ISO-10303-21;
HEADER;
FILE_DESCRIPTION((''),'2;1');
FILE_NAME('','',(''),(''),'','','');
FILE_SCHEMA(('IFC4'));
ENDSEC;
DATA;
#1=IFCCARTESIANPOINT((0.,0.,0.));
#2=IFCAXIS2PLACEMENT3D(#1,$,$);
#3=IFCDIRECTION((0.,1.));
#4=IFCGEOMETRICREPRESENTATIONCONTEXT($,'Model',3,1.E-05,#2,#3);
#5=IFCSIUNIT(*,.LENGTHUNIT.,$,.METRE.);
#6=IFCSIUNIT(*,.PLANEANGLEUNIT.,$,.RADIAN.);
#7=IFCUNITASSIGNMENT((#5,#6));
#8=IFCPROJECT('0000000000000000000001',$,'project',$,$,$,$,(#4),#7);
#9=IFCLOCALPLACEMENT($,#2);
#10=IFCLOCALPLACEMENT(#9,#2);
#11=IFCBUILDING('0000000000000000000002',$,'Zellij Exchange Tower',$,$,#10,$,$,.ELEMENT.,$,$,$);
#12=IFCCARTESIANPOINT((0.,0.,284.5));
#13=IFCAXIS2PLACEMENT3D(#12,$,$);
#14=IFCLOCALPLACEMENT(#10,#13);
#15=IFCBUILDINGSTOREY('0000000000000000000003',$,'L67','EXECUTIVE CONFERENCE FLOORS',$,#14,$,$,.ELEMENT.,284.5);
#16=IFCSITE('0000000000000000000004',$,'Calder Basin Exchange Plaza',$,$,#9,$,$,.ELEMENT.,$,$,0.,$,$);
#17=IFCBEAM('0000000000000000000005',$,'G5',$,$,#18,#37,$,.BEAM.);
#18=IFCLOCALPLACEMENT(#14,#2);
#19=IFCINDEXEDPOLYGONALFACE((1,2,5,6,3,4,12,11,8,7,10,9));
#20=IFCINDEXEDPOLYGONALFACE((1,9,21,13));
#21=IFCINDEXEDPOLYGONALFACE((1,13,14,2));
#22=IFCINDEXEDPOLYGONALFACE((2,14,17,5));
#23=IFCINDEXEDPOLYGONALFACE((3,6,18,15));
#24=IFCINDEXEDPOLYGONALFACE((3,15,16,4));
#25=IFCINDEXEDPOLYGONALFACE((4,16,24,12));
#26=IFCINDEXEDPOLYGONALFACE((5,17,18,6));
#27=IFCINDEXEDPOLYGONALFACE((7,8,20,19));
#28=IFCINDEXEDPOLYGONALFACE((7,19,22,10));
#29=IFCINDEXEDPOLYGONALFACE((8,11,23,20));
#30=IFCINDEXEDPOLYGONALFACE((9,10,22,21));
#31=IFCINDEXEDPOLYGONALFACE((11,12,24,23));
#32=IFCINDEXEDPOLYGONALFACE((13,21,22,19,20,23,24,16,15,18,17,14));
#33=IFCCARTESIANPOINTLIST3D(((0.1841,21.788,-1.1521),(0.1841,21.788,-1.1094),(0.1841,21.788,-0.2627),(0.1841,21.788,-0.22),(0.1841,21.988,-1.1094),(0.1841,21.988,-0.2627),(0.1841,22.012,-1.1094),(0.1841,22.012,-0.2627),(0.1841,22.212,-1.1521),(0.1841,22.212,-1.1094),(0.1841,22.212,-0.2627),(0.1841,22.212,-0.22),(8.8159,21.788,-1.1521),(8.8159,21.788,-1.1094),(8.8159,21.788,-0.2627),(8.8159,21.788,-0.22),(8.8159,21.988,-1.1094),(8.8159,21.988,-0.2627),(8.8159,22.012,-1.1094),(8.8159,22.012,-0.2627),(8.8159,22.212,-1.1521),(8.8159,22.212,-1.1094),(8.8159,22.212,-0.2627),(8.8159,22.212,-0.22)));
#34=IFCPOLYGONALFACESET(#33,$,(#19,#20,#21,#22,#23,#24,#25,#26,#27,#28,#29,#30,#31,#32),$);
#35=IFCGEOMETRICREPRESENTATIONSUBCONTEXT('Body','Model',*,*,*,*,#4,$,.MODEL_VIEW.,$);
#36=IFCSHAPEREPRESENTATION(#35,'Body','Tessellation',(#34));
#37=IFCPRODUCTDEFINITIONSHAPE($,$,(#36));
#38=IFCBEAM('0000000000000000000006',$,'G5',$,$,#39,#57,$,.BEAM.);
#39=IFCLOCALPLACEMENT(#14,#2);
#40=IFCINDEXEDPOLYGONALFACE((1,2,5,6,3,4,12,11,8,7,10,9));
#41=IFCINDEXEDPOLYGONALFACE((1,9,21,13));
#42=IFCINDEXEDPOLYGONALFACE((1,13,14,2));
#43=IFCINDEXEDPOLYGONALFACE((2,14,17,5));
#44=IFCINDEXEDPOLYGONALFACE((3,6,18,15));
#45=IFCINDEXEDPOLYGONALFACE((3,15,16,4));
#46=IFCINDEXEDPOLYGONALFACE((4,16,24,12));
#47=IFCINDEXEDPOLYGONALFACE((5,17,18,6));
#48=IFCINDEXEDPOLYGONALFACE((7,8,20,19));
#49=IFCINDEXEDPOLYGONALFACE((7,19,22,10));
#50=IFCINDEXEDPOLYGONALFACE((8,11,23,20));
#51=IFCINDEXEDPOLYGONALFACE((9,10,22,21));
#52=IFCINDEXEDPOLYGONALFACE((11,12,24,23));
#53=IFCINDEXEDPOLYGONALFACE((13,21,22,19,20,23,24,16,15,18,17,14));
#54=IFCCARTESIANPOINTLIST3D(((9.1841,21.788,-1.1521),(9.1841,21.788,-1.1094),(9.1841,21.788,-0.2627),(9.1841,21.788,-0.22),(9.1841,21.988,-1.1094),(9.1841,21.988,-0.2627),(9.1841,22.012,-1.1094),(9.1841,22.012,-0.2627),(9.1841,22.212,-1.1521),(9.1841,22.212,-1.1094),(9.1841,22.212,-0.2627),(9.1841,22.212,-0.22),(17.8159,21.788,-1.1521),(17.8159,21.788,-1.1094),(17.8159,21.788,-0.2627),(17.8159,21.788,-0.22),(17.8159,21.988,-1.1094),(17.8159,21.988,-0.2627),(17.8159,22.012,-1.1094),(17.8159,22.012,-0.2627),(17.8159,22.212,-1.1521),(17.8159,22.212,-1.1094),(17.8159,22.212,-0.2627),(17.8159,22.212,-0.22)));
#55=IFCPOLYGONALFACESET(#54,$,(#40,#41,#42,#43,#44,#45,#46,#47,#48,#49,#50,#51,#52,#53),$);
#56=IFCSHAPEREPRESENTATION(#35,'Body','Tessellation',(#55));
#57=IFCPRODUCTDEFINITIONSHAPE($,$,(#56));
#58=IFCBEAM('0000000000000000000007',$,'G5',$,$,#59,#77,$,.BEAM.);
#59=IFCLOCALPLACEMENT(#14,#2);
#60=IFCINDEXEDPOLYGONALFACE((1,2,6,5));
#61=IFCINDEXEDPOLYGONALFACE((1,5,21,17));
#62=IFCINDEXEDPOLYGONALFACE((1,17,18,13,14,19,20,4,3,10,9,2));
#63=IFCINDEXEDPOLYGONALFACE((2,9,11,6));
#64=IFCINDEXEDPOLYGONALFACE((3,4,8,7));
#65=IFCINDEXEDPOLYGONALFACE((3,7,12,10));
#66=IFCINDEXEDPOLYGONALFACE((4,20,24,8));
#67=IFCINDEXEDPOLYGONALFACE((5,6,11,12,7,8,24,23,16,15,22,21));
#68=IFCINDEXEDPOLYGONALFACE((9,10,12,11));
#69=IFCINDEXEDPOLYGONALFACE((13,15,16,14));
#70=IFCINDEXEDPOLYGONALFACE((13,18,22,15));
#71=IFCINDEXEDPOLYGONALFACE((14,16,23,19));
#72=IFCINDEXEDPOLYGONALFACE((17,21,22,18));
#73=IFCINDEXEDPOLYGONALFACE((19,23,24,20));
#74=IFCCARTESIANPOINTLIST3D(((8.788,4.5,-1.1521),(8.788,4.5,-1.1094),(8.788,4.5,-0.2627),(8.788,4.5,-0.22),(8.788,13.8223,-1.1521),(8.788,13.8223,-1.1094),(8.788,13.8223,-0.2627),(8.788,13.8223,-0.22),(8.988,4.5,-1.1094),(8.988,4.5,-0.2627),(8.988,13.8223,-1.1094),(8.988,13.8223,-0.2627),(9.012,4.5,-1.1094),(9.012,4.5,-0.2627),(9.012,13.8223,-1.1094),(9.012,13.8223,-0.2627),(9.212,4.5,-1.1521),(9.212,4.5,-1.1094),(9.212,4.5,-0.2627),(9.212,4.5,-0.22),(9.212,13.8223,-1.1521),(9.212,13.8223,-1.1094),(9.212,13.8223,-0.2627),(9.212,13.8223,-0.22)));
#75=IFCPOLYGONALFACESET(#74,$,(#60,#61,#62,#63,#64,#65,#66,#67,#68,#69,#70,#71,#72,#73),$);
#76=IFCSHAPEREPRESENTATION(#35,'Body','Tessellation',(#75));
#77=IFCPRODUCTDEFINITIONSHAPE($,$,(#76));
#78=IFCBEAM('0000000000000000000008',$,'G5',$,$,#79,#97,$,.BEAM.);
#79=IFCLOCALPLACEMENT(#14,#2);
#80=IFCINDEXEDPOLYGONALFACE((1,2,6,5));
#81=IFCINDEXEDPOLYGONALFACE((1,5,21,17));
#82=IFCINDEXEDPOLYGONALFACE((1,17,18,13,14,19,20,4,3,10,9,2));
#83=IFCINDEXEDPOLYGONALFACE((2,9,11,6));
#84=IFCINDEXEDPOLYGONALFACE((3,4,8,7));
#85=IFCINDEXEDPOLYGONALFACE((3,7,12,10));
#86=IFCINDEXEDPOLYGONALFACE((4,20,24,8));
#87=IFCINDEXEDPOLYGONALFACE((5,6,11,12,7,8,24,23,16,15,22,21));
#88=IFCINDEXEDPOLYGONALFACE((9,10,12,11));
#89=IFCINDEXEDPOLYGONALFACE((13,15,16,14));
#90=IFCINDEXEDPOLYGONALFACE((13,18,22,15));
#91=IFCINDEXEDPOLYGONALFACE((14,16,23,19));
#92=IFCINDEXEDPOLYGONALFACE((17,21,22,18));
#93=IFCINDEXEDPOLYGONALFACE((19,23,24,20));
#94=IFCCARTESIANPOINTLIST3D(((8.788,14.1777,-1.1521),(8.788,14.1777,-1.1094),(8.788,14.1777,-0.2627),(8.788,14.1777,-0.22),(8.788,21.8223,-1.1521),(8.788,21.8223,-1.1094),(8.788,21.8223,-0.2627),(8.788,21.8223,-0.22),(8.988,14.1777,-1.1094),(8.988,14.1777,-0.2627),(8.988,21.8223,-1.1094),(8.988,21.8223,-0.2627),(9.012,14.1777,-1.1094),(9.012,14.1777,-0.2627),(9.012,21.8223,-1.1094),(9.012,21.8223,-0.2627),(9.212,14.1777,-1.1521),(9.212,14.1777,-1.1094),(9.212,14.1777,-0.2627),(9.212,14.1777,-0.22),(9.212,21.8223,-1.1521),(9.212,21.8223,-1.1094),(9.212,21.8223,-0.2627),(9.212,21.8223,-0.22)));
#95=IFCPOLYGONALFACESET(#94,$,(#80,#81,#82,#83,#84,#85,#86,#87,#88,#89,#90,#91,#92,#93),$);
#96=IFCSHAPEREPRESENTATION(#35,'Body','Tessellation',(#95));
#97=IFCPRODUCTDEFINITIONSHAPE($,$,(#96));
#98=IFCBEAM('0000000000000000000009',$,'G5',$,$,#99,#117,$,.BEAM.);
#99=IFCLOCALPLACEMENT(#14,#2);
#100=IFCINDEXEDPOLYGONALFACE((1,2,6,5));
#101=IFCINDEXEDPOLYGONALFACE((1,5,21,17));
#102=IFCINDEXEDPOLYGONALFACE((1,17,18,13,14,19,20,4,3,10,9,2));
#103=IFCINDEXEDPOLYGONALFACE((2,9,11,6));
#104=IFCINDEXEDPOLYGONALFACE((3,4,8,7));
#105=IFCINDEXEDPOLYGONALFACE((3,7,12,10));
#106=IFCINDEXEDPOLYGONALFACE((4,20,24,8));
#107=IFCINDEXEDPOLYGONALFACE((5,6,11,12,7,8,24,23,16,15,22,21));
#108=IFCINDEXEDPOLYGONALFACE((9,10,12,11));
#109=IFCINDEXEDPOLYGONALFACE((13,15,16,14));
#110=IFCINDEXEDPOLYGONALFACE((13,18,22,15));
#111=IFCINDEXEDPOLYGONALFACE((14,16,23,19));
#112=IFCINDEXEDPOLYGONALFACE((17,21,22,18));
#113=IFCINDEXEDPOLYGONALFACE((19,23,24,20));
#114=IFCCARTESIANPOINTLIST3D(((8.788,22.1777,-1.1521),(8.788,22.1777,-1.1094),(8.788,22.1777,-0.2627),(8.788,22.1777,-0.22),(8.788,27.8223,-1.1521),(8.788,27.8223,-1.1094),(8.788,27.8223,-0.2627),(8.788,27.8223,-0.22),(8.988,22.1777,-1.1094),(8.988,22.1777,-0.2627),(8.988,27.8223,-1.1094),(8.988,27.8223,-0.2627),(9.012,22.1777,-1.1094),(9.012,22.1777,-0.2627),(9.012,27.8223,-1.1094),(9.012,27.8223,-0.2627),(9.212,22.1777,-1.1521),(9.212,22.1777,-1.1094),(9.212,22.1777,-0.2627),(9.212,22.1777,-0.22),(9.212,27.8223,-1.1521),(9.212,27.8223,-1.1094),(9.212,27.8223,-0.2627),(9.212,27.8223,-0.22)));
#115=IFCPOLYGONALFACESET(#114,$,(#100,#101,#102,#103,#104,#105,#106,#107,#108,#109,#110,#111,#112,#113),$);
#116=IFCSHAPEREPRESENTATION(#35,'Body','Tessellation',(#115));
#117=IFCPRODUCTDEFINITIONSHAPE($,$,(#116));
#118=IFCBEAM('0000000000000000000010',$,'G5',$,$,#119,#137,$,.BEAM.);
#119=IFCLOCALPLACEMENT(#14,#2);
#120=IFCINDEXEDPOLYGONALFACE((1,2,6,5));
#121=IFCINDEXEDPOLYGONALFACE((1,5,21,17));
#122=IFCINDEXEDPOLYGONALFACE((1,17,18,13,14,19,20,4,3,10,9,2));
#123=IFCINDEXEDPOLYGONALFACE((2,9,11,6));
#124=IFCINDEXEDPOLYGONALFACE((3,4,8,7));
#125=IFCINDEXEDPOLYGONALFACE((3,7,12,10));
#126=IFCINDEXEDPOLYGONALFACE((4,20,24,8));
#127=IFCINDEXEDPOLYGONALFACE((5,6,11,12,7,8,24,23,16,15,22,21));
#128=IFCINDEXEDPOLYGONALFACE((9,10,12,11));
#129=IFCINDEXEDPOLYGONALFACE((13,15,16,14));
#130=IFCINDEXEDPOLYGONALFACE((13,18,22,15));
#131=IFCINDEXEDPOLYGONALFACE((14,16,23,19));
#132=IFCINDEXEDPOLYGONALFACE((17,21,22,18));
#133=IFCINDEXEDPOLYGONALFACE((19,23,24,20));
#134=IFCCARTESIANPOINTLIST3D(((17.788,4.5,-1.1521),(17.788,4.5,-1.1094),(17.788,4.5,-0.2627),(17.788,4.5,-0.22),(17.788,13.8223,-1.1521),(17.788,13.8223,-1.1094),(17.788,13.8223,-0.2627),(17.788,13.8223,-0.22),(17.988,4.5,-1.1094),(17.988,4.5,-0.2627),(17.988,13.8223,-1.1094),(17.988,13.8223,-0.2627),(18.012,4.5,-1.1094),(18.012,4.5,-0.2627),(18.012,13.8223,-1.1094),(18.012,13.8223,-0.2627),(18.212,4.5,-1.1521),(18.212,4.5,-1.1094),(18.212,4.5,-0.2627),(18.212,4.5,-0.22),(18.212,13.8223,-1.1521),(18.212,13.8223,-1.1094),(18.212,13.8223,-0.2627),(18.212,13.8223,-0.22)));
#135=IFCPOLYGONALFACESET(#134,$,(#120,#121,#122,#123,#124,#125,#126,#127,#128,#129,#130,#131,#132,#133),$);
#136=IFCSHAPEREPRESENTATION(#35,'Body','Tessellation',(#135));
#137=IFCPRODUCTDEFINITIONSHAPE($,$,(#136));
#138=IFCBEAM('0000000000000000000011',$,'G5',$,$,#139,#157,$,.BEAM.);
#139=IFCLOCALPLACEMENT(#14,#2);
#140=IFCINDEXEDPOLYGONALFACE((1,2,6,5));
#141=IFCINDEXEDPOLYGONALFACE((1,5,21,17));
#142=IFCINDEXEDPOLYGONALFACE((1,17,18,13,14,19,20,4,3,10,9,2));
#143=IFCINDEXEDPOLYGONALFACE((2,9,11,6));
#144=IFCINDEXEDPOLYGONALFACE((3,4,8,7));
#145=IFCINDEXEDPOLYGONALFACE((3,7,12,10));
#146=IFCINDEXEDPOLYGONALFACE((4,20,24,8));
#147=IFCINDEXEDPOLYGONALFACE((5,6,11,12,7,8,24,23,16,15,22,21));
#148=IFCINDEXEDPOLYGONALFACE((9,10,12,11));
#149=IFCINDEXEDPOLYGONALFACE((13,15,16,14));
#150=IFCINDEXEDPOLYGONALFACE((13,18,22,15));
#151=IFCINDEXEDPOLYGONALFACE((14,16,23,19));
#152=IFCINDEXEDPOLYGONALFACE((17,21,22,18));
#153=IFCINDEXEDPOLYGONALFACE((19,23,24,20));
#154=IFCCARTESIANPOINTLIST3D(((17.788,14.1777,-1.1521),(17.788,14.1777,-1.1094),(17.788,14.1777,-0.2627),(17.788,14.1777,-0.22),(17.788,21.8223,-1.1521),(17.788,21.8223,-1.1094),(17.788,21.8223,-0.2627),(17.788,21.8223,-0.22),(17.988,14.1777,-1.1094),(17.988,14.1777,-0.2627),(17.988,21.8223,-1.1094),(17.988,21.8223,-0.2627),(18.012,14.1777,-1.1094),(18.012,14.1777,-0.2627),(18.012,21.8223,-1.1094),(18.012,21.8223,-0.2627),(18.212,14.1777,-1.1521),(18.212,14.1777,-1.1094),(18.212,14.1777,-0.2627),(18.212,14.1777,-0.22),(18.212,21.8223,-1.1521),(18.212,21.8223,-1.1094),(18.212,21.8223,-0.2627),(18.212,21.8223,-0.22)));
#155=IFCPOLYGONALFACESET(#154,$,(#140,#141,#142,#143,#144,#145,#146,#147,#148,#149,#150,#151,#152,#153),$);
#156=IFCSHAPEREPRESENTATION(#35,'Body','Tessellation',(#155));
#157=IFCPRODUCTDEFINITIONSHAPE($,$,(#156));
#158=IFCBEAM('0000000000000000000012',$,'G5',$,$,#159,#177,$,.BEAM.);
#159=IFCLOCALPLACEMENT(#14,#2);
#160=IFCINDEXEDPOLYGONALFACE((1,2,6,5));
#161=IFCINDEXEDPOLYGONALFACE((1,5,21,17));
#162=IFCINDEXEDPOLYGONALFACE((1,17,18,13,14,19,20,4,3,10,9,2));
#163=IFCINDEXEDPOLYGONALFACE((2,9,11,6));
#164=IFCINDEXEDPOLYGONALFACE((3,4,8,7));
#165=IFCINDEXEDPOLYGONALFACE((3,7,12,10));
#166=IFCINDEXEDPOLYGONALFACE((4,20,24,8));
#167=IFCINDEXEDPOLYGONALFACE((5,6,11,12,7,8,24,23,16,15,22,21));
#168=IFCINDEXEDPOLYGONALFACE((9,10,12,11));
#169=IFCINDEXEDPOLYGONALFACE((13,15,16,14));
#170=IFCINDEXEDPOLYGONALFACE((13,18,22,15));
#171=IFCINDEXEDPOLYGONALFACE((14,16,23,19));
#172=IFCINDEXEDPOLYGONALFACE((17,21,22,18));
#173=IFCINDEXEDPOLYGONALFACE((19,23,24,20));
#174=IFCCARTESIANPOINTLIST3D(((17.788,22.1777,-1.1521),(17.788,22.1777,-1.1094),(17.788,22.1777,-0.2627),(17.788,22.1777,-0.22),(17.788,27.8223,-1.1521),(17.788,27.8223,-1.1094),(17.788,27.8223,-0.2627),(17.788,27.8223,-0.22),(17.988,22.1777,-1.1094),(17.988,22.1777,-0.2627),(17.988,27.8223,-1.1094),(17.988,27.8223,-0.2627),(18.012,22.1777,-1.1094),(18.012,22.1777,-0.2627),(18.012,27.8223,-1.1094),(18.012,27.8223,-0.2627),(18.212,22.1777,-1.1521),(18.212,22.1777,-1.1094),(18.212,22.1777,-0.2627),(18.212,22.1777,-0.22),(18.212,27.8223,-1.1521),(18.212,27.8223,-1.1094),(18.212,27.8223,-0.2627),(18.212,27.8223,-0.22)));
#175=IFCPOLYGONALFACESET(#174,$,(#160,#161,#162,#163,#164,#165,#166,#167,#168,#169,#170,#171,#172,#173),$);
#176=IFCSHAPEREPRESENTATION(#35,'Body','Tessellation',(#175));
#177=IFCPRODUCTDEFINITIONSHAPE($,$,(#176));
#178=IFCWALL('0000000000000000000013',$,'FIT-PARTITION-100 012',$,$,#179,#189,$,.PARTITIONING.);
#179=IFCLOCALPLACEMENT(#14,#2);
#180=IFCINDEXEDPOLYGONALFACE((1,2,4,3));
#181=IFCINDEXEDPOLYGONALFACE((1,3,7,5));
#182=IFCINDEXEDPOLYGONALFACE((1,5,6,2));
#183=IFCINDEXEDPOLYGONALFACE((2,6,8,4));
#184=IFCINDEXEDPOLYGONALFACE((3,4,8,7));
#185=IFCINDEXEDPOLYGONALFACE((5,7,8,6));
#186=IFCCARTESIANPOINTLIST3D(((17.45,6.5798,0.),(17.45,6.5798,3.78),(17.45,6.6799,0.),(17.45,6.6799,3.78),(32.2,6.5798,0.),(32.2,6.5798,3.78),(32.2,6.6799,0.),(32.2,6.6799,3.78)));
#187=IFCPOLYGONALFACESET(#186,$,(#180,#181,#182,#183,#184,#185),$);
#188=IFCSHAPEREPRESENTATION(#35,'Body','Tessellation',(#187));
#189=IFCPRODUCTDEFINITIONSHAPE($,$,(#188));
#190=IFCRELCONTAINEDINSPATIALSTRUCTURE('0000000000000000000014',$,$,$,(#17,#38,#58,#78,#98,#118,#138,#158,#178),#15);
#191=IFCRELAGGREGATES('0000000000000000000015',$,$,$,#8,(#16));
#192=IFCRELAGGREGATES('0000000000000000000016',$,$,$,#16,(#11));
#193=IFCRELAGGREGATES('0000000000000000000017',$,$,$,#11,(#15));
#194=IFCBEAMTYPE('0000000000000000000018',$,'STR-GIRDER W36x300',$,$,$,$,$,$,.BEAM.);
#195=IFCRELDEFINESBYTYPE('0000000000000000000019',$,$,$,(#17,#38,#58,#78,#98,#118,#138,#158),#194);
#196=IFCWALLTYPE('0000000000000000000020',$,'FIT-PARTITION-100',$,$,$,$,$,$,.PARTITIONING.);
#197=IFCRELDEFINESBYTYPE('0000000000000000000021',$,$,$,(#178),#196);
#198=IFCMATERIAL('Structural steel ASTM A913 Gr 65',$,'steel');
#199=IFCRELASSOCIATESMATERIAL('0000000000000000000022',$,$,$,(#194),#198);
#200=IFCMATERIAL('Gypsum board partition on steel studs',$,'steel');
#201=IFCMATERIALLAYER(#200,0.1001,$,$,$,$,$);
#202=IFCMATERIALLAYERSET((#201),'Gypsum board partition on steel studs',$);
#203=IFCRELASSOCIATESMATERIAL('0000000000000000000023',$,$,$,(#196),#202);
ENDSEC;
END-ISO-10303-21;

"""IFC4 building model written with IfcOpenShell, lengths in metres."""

from ifc_helpers import new_model, si_unit, direction, frame, frame_2d, origin, origin_2d, place, context, subcontext, project, spatial, rectangle, i_section, extrude, material, layer, layer_set, material_profile, profile_set, type_object, element, save


model = new_model("IFC4")

# Units and contexts
model_context = context("Model", 3, precision=1e-05, world=origin(), true_north=direction((0.0, 1.0)))
body_context = subcontext(model_context, "Body", "Model", "MODEL_VIEW")
ifc_project = project(units=[si_unit("LENGTHUNIT", "METRE"), si_unit("PLANEANGLEUNIT", "RADIAN")], contexts=[model_context])

# Site, building, storey
site_placement = place(None, origin())
site = spatial("IfcSite", under=ifc_project, at=site_placement, Name="Calder Basin Exchange Plaza", CompositionType="ELEMENT", RefElevation=0.0)
building_placement = place(site_placement, origin())
building = spatial("IfcBuilding", under=site, at=building_placement, Name="Zellij Exchange Tower", CompositionType="ELEMENT")
storey_placement = place(building_placement, frame((0.0, 0.0, 284.5)))
storey = spatial("IfcBuildingStorey", under=building, at=storey_placement, Name="L67", Description="EXECUTIVE CONFERENCE FLOORS", CompositionType="ELEMENT", Elevation=284.5)

# Beams
ifc_material_1 = material(Name="Structural steel ASTM A913 Gr 65", Category="steel")
ifc_material_profile_1 = material_profile(ifc_material_1, i_section(OverallWidth=0.4241, OverallDepth=0.9321, WebThickness=0.0239, FlangeThickness=0.0427, at=origin_2d()), Name="W36x300")
ifc_profile_set_1 = profile_set([ifc_material_profile_1], Name="Structural steel ASTM A913 Gr 65")
beam_type = type_object("IfcBeamType", Name="STR-GIRDER W36x300", PredefinedType="BEAM", material=ifc_profile_set_1)
for number, where, z_axis, x_axis, name in (
    (1, (0.1841, 22.0, -0.686), (1.0, 0.0, 0.0), (0.0, 1.0, 0.0), "G5"),
    (2, (9.1841, 22.0, -0.686), (1.0, 0.0, 0.0), (0.0, 1.0, 0.0), "G5"),
):
    element("IfcBeam", number, at=place(storey_placement, frame(where, z_axis=z_axis, x_axis=x_axis)), inside=storey, type_object=beam_type, Name=name, PredefinedType="BEAM", context=body_context, shape_type="SweptSolid", body=[
        extrude(i_section(OverallWidth=0.4241, OverallDepth=0.9321, WebThickness=0.0239, FlangeThickness=0.0427, at=origin_2d()), origin(), (0.0, 0.0, 1.0), 8.6318),
    ])
beam_1_placement = place(storey_placement, frame((9.0, 4.5, -0.686), z_axis=(0.0, 1.0, 0.0), x_axis=(-1.0, 0.0, 0.0)))
element("IfcBeam", 3, at=beam_1_placement, inside=storey, type_object=beam_type, Name="G5", PredefinedType="BEAM", context=body_context, shape_type="SweptSolid", body=[
    extrude(i_section(OverallWidth=0.4241, OverallDepth=0.9321, WebThickness=0.0239, FlangeThickness=0.0427, at=origin_2d()), origin(), (0.0, 0.0, 1.0), 9.3223),
])
beam_2_placement = place(storey_placement, frame((9.0, 14.1777, -0.686), z_axis=(0.0, 1.0, 0.0), x_axis=(-1.0, 0.0, 0.0)))
element("IfcBeam", 4, at=beam_2_placement, inside=storey, type_object=beam_type, Name="G5", PredefinedType="BEAM", context=body_context, shape_type="SweptSolid", body=[
    extrude(i_section(OverallWidth=0.4241, OverallDepth=0.9321, WebThickness=0.0239, FlangeThickness=0.0427, at=origin_2d()), origin(), (0.0, 0.0, 1.0), 7.6445),
])
beam_3_placement = place(storey_placement, frame((9.0, 22.1777, -0.686), z_axis=(0.0, 1.0, 0.0), x_axis=(-1.0, 0.0, 0.0)))
element("IfcBeam", 5, at=beam_3_placement, inside=storey, type_object=beam_type, Name="G5", PredefinedType="BEAM", context=body_context, shape_type="SweptSolid", body=[
    extrude(i_section(OverallWidth=0.4241, OverallDepth=0.9321, WebThickness=0.0239, FlangeThickness=0.0427, at=origin_2d()), origin(), (0.0, 0.0, 1.0), 5.6445),
])
beam_4_placement = place(storey_placement, frame((18.0, 4.5, -0.686), z_axis=(0.0, 1.0, 0.0), x_axis=(-1.0, 0.0, 0.0)))
element("IfcBeam", 6, at=beam_4_placement, inside=storey, type_object=beam_type, Name="G5", PredefinedType="BEAM", context=body_context, shape_type="SweptSolid", body=[
    extrude(i_section(OverallWidth=0.4241, OverallDepth=0.9321, WebThickness=0.0239, FlangeThickness=0.0427, at=origin_2d()), origin(), (0.0, 0.0, 1.0), 9.3223),
])
beam_5_placement = place(storey_placement, frame((18.0, 14.1777, -0.686), z_axis=(0.0, 1.0, 0.0), x_axis=(-1.0, 0.0, 0.0)))
element("IfcBeam", 7, at=beam_5_placement, inside=storey, type_object=beam_type, Name="G5", PredefinedType="BEAM", context=body_context, shape_type="SweptSolid", body=[
    extrude(i_section(OverallWidth=0.4241, OverallDepth=0.9321, WebThickness=0.0239, FlangeThickness=0.0427, at=origin_2d()), origin(), (0.0, 0.0, 1.0), 7.6445),
])
beam_6_placement = place(storey_placement, frame((18.0, 22.1777, -0.686), z_axis=(0.0, 1.0, 0.0), x_axis=(-1.0, 0.0, 0.0)))
element("IfcBeam", 8, at=beam_6_placement, inside=storey, type_object=beam_type, Name="G5", PredefinedType="BEAM", context=body_context, shape_type="SweptSolid", body=[
    extrude(i_section(OverallWidth=0.4241, OverallDepth=0.9321, WebThickness=0.0239, FlangeThickness=0.0427, at=origin_2d()), origin(), (0.0, 0.0, 1.0), 5.6445),
])

# Wall
ifc_material_2 = material(Name="Gypsum board partition on steel studs", Category="steel")
ifc_layer = layer(ifc_material_2, 0.1001)
ifc_layer_set = layer_set([ifc_layer], Name="Gypsum board partition on steel studs")
wall_type = type_object("IfcWallType", Name="FIT-PARTITION-100", PredefinedType="PARTITIONING", material=ifc_layer_set)
wall_1_placement = place(storey_placement, frame((17.45, 6.6299, 0.0), z_axis=(0.0, 0.0, 1.0), x_axis=(1.0, 0.0, 0.0)))
element("IfcWall", 9, at=wall_1_placement, inside=storey, type_object=wall_type, Name="FIT-PARTITION-100 012", PredefinedType="PARTITIONING", context=body_context, shape_type="SweptSolid", body=[
    extrude(rectangle(XDim=14.75, YDim=0.1001, at=frame_2d((7.375, 0.0))), origin(), (0.0, 0.0, 1.0), 3.78),
])

save(model, "model.ifc")
